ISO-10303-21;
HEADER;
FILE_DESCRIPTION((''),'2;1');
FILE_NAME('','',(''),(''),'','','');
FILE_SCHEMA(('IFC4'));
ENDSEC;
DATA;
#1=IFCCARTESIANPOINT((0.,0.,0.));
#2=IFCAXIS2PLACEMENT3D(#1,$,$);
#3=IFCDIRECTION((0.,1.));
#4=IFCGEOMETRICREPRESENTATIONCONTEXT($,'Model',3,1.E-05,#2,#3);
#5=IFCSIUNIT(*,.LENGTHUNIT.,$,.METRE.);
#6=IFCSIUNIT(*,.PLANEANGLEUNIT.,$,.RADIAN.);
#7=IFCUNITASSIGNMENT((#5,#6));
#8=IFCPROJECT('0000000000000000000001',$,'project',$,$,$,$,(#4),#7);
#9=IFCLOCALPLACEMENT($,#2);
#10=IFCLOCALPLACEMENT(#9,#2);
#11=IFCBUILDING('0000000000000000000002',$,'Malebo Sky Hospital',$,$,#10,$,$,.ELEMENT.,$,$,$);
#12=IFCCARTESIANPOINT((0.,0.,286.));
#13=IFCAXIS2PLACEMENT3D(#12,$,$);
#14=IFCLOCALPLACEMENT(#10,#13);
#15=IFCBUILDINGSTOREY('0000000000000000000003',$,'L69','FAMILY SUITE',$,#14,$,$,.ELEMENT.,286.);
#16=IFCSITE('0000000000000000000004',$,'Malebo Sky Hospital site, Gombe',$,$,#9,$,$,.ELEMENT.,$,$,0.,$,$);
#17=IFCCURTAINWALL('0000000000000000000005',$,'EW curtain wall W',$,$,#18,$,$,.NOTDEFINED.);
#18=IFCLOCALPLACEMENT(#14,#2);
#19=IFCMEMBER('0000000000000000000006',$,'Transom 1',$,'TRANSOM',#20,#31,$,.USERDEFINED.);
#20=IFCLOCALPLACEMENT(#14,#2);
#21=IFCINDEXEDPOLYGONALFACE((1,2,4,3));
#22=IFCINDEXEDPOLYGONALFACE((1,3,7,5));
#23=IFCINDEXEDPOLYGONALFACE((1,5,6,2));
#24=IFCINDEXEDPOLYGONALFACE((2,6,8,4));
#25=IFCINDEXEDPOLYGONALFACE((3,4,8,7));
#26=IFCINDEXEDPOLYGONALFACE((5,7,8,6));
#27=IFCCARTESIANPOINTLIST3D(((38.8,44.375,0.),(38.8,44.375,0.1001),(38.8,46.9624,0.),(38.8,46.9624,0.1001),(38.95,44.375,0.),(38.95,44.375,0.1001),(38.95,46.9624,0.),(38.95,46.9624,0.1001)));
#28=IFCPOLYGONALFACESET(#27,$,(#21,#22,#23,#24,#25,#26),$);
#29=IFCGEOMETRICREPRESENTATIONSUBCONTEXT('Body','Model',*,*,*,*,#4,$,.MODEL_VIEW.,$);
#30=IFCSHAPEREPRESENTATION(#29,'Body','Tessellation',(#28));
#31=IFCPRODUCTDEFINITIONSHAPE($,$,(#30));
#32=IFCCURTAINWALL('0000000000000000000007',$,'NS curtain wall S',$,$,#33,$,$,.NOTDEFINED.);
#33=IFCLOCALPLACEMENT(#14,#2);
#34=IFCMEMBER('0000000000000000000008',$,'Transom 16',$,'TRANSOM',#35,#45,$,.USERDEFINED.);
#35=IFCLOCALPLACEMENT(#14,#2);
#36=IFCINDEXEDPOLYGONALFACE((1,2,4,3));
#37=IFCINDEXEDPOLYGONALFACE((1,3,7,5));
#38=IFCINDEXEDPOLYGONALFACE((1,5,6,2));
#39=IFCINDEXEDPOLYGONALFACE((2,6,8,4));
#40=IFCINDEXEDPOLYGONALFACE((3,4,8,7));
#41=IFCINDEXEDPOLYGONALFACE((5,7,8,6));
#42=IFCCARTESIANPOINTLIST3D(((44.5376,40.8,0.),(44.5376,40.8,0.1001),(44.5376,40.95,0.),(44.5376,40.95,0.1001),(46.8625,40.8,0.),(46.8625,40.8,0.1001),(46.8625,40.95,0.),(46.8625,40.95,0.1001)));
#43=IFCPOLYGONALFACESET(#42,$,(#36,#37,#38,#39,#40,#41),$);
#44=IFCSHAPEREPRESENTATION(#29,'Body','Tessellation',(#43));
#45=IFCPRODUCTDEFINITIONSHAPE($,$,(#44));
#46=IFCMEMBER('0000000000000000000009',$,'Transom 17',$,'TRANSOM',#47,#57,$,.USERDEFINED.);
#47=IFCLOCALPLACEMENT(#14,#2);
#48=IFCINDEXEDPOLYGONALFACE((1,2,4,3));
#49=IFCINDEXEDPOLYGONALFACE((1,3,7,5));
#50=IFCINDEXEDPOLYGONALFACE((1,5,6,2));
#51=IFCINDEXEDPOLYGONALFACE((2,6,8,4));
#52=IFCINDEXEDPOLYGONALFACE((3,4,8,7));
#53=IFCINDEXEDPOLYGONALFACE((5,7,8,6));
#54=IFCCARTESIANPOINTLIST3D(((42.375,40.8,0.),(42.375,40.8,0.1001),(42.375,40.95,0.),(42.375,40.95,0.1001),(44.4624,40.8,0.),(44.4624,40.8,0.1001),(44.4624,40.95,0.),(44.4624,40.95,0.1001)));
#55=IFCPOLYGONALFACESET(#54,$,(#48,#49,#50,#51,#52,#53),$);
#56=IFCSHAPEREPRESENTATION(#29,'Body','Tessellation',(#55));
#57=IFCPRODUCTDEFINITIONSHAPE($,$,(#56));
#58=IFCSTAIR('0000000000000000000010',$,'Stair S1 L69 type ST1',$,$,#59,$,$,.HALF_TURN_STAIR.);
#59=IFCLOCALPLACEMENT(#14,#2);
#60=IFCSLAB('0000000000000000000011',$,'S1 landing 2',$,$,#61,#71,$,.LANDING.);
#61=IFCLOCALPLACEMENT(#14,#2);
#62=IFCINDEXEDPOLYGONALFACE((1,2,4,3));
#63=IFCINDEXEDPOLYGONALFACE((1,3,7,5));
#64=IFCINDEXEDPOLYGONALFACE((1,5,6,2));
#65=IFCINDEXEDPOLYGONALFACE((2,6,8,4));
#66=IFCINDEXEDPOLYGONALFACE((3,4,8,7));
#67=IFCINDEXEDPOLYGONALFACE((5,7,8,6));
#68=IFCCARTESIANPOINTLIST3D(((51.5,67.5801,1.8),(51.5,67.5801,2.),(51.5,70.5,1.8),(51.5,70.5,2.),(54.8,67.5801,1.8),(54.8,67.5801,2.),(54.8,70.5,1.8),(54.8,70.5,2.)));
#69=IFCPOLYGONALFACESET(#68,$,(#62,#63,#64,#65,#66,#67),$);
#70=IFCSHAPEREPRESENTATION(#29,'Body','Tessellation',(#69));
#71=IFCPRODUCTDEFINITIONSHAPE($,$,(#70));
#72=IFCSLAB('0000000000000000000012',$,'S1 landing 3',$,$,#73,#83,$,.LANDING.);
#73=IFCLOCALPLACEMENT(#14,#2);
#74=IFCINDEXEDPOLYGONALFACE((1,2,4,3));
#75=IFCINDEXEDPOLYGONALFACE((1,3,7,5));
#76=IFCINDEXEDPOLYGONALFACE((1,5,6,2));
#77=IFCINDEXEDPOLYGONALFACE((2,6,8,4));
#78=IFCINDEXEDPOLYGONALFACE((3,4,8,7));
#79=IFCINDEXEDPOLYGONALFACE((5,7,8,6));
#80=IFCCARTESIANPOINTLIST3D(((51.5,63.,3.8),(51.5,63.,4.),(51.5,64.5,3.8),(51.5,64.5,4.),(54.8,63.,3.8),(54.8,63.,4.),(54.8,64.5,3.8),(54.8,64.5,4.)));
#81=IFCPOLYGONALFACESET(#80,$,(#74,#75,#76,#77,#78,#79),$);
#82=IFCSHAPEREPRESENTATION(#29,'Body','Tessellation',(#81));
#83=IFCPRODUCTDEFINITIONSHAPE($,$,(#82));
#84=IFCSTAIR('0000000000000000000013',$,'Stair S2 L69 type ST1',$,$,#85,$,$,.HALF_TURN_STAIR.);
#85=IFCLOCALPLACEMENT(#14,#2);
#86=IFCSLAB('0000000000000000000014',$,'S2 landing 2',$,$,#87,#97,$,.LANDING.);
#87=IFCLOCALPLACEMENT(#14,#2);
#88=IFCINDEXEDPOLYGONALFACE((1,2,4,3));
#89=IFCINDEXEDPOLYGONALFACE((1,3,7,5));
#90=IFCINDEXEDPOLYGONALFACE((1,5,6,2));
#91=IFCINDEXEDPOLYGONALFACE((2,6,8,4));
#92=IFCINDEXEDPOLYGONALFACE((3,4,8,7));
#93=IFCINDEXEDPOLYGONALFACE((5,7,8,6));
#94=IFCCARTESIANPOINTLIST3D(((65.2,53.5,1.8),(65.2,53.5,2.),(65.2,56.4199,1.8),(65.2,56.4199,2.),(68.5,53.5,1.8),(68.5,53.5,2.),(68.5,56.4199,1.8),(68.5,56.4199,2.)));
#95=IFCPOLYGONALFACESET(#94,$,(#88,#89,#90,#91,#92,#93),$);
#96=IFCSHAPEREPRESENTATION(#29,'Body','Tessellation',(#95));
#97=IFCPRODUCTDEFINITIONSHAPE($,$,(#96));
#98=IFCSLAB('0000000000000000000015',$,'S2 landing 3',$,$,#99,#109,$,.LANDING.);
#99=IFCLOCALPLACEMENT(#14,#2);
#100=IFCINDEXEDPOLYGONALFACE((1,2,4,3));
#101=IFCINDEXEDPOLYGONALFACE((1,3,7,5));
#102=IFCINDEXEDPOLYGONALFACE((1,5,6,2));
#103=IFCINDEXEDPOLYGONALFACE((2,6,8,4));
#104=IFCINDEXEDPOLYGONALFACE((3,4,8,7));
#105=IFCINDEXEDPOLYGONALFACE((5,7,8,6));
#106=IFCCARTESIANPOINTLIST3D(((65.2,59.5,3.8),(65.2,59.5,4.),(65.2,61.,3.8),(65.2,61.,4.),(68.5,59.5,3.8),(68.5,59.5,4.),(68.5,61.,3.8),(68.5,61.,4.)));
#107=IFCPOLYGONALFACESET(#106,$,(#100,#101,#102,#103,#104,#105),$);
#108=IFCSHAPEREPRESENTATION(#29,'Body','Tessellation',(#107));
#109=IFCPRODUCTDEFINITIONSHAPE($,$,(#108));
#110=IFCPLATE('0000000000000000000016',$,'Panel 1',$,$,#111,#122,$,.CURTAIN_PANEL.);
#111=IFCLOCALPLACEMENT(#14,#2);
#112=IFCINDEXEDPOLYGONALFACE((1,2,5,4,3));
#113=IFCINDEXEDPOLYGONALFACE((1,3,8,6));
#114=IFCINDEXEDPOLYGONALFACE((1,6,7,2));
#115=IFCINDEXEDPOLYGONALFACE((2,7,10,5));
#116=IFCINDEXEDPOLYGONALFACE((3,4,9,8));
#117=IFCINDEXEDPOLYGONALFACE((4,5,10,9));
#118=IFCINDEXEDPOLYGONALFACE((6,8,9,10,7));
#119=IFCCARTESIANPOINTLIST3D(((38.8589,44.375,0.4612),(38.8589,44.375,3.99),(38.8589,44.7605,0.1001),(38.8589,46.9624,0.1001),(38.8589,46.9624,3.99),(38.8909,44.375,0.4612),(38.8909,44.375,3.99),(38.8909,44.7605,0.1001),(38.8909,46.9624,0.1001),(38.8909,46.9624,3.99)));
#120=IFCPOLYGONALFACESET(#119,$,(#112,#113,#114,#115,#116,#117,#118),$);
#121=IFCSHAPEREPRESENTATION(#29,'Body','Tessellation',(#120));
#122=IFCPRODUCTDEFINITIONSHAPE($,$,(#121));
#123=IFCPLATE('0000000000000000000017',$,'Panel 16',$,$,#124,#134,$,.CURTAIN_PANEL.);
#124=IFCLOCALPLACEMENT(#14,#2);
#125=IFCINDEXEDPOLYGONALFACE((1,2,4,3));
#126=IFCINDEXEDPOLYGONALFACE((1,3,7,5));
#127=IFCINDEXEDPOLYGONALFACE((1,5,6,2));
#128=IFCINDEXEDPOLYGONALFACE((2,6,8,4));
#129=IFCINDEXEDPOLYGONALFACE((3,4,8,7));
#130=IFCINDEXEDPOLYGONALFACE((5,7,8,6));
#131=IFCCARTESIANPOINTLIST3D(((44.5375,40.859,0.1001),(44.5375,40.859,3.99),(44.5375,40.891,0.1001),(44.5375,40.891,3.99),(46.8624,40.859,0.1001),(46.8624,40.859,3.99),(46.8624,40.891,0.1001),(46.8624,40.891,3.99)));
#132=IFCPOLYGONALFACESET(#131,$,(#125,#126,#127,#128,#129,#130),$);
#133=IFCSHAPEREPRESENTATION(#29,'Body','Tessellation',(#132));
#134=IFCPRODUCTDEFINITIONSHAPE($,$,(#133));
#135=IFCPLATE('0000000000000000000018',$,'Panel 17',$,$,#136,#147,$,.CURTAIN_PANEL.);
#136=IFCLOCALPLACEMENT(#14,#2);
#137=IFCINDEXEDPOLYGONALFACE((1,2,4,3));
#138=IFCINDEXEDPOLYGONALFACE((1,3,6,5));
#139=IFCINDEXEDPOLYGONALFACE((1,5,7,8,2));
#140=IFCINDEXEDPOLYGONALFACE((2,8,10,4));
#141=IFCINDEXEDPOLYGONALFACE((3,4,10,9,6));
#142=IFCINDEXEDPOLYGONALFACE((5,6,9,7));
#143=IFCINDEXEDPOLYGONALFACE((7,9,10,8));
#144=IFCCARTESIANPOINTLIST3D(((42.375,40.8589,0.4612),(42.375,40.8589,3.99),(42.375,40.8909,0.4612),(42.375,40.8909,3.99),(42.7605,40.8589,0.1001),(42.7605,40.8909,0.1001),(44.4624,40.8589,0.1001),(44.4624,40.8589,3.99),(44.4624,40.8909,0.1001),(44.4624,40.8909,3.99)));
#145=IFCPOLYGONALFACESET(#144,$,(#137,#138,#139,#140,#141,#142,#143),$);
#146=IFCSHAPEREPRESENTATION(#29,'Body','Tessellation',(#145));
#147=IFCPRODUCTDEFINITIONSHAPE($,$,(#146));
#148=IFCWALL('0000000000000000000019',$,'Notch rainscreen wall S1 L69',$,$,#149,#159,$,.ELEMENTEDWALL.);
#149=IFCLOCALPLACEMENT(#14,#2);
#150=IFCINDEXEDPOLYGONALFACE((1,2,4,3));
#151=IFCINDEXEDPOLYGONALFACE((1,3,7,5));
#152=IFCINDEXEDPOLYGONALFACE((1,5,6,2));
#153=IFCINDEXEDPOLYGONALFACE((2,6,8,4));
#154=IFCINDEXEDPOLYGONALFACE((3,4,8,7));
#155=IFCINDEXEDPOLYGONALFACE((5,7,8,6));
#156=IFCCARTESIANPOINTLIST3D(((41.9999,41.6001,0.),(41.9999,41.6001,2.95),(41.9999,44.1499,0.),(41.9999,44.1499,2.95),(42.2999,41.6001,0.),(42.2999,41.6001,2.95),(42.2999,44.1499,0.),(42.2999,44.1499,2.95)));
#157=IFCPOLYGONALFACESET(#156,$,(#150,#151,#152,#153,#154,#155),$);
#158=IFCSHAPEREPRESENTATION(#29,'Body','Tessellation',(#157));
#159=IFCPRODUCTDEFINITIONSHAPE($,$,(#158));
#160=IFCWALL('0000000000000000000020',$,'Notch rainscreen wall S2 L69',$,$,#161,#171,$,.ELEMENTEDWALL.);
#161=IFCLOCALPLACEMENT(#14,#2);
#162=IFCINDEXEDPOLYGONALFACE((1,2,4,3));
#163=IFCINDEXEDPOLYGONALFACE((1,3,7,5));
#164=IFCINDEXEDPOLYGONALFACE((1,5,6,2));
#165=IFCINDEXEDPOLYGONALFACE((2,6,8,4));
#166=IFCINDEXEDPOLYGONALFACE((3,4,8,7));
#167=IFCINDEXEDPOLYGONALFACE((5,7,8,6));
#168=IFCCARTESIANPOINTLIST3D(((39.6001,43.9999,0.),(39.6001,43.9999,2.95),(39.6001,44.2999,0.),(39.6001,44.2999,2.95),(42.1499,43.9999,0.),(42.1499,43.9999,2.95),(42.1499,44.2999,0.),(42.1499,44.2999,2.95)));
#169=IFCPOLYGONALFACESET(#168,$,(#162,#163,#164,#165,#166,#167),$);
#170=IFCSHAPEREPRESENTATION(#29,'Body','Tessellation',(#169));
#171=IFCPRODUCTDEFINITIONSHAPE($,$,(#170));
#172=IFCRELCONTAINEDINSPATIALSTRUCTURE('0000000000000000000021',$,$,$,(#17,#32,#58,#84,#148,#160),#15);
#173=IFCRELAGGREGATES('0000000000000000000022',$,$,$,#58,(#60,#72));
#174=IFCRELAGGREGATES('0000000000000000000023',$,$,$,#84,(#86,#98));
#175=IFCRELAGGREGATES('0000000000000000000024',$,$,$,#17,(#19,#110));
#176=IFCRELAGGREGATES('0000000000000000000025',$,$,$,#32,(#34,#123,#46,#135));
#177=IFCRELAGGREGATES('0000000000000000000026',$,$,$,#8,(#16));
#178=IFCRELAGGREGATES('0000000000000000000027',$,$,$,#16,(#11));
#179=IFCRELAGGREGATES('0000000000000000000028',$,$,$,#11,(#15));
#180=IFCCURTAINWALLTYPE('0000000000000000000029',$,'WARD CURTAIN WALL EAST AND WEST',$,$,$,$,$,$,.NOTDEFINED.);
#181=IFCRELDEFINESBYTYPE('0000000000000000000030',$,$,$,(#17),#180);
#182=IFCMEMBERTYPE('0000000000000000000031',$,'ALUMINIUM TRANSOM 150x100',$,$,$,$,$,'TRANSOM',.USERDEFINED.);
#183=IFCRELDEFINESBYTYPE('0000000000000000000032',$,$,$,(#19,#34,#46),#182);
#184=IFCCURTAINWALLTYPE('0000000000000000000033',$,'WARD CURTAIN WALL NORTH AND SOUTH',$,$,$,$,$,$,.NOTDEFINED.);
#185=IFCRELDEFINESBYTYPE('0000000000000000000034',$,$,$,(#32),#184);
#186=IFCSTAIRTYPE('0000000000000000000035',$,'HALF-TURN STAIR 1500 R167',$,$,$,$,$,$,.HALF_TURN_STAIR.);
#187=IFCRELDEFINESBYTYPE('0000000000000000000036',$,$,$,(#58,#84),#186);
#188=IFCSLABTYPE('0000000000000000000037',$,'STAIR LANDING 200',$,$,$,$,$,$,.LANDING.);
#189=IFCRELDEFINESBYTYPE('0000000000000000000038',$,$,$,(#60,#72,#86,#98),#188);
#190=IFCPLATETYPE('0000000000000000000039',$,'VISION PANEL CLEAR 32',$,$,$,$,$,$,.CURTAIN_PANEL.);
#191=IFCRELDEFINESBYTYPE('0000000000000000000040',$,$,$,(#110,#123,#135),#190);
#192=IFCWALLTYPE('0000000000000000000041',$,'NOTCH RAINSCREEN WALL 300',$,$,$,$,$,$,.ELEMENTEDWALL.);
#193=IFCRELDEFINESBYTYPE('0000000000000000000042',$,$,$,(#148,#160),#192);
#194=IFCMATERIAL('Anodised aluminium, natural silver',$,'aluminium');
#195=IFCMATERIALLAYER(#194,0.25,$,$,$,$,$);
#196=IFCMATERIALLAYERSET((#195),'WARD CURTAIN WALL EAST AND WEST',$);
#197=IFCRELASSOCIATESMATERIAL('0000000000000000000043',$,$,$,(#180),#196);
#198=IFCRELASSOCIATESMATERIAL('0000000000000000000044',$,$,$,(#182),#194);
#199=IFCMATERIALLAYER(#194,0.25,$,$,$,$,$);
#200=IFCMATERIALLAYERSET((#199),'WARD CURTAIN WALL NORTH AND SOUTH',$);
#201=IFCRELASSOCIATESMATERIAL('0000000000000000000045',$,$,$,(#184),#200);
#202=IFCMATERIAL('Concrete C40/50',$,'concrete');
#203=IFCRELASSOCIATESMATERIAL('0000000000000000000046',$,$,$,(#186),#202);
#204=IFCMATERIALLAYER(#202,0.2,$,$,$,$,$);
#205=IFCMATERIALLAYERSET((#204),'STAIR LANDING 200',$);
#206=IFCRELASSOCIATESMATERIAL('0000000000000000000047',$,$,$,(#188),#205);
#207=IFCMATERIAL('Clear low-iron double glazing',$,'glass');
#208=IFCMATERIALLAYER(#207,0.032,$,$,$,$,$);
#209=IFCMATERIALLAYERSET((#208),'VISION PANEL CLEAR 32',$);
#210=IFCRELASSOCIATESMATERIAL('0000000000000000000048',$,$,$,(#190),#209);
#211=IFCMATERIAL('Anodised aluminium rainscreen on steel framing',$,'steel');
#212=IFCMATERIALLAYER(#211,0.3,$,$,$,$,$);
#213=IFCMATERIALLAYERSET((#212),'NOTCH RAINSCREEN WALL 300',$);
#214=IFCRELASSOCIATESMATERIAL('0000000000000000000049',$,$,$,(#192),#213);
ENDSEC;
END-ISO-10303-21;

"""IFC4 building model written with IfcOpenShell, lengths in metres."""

from ifc_helpers import new_model, si_unit, direction, frame, frame_2d, origin, origin_2d, place, context, subcontext, project, spatial, polyline, rectangle, outline, extrude, material, layer, layer_set, material_profile, profile_set, type_object, element, aggregate, save


model = new_model("IFC4")

# Units and contexts
model_context = context("Model", 3, precision=1e-05, world=origin(), true_north=direction((0.0, 1.0)))
body_context = subcontext(model_context, "Body", "Model", "MODEL_VIEW")
ifc_project = project(units=[si_unit("LENGTHUNIT", "METRE"), si_unit("PLANEANGLEUNIT", "RADIAN")], contexts=[model_context])

# Site, building, storey
site_placement = place(None, origin())
site = spatial("IfcSite", under=ifc_project, at=site_placement, Name="Malebo Sky Hospital site, Gombe", CompositionType="ELEMENT", RefElevation=0.0)
building_placement = place(site_placement, origin())
building = spatial("IfcBuilding", under=site, at=building_placement, Name="Malebo Sky Hospital", CompositionType="ELEMENT")
storey_placement = place(building_placement, frame((0.0, 0.0, 286.0)))
storey = spatial("IfcBuildingStorey", under=building, at=storey_placement, Name="L69", Description="FAMILY SUITE", CompositionType="ELEMENT", Elevation=286.0)

# Curtain wall, member
ifc_material_1 = material(Name="Anodised aluminium, natural silver", Category="aluminium")
ifc_layer_1 = layer(ifc_material_1, 0.25)
ifc_layer_set_1 = layer_set([ifc_layer_1], Name="WARD CURTAIN WALL EAST AND WEST")
curtain_wall_type_1 = type_object("IfcCurtainWallType", Name="WARD CURTAIN WALL EAST AND WEST", PredefinedType="NOTDEFINED", material=ifc_layer_set_1)
curtain_wall_1_placement = place(storey_placement, origin())
curtain_wall_1 = element("IfcCurtainWall", 1, at=curtain_wall_1_placement, inside=storey, type_object=curtain_wall_type_1, Name="EW curtain wall W", PredefinedType="NOTDEFINED")
ifc_material_profile = material_profile(ifc_material_1, rectangle(XDim=0.1499, YDim=0.1001, at=origin_2d()), Name="ALUMINIUM TRANSOM 150x100")
ifc_profile_set = profile_set([ifc_material_profile], Name="Anodised aluminium, natural silver")
member_type = type_object("IfcMemberType", Name="ALUMINIUM TRANSOM 150x100", ElementType="TRANSOM", PredefinedType="USERDEFINED", material=ifc_profile_set)
member_1_placement = place(storey_placement, frame((38.875, 44.375, 0.05), z_axis=(0.0, 1.0, 0.0), x_axis=(-1.0, 0.0, 0.0)))
member_1 = element("IfcMember", 2, at=member_1_placement, type_object=member_type, Name="Transom 1", ObjectType="TRANSOM", PredefinedType="USERDEFINED", context=body_context, shape_type="SweptSolid", body=[
    extrude(rectangle(XDim=0.1499, YDim=0.1001, at=origin_2d()), origin(), (0.0, 0.0, 1.0), 2.5874),
])

# Curtain wall, members
ifc_layer_2 = layer(ifc_material_1, 0.25)
ifc_layer_set_2 = layer_set([ifc_layer_2], Name="WARD CURTAIN WALL NORTH AND SOUTH")
curtain_wall_type_2 = type_object("IfcCurtainWallType", Name="WARD CURTAIN WALL NORTH AND SOUTH", PredefinedType="NOTDEFINED", material=ifc_layer_set_2)
curtain_wall_2_placement = place(storey_placement, origin())
curtain_wall_2 = element("IfcCurtainWall", 3, at=curtain_wall_2_placement, inside=storey, type_object=curtain_wall_type_2, Name="NS curtain wall S", PredefinedType="NOTDEFINED")
member_2_placement = place(storey_placement, frame((46.8625, 40.875, 0.05), z_axis=(-1.0, 0.0, 0.0), x_axis=(0.0, -1.0, 0.0)))
member_2 = element("IfcMember", 4, at=member_2_placement, type_object=member_type, Name="Transom 16", ObjectType="TRANSOM", PredefinedType="USERDEFINED", context=body_context, shape_type="SweptSolid", body=[
    extrude(rectangle(XDim=0.1499, YDim=0.1001, at=origin_2d()), origin(), (0.0, 0.0, 1.0), 2.325),
])
member_3_placement = place(storey_placement, frame((44.4624, 40.875, 0.05), z_axis=(-1.0, 0.0, 0.0), x_axis=(0.0, -1.0, 0.0)))
member_3 = element("IfcMember", 5, at=member_3_placement, type_object=member_type, Name="Transom 17", ObjectType="TRANSOM", PredefinedType="USERDEFINED", context=body_context, shape_type="SweptSolid", body=[
    extrude(rectangle(XDim=0.1499, YDim=0.1001, at=origin_2d()), origin(), (0.0, 0.0, 1.0), 2.0874),
])

# Stairs, slabs
ifc_material_2 = material(Name="Concrete C40/50", Category="concrete")
stair_type = type_object("IfcStairType", Name="HALF-TURN STAIR 1500 R167", PredefinedType="HALF_TURN_STAIR", material=ifc_material_2)
stair_1_placement = place(storey_placement, origin())
stair_1 = element("IfcStair", 6, at=stair_1_placement, inside=storey, type_object=stair_type, Name="Stair S1 L69 type ST1", PredefinedType="HALF_TURN_STAIR")
ifc_layer_3 = layer(ifc_material_2, 0.2)
ifc_layer_set_3 = layer_set([ifc_layer_3], Name="STAIR LANDING 200")
slab_type = type_object("IfcSlabType", Name="STAIR LANDING 200", PredefinedType="LANDING", material=ifc_layer_set_3)
slab_1_placement = place(storey_placement, frame((0.0, 0.0, 1.8)))
slab_1 = element("IfcSlab", 7, at=slab_1_placement, type_object=slab_type, Name="S1 landing 2", PredefinedType="LANDING", context=body_context, shape_type="SweptSolid", body=[
    extrude(outline(polyline([(51.5, 67.5801), (54.8, 67.5801), (54.8, 70.5), (51.5, 70.5), (51.5, 67.5801)])), origin(), (0.0, 0.0, 1.0), 0.2),
])
slab_2_placement = place(storey_placement, frame((0.0, 0.0, 3.8)))
slab_2 = element("IfcSlab", 8, at=slab_2_placement, type_object=slab_type, Name="S1 landing 3", PredefinedType="LANDING", context=body_context, shape_type="SweptSolid", body=[
    extrude(outline(polyline([(51.5, 63.0), (54.8, 63.0), (54.8, 64.5), (51.5, 64.5), (51.5, 63.0)])), origin(), (0.0, 0.0, 1.0), 0.2),
])
aggregate(stair_1, [slab_1, slab_2])
stair_2_placement = place(storey_placement, origin())
stair_2 = element("IfcStair", 9, at=stair_2_placement, inside=storey, type_object=stair_type, Name="Stair S2 L69 type ST1", PredefinedType="HALF_TURN_STAIR")
slab_3_placement = place(storey_placement, frame((0.0, 0.0, 1.8)))
slab_3 = element("IfcSlab", 10, at=slab_3_placement, type_object=slab_type, Name="S2 landing 2", PredefinedType="LANDING", context=body_context, shape_type="SweptSolid", body=[
    extrude(outline(polyline([(65.2, 53.5), (68.5, 53.5), (68.5, 56.4199), (65.2, 56.4199), (65.2, 53.5)])), origin(), (0.0, 0.0, 1.0), 0.2),
])
slab_4_placement = place(storey_placement, frame((0.0, 0.0, 3.8)))
slab_4 = element("IfcSlab", 11, at=slab_4_placement, type_object=slab_type, Name="S2 landing 3", PredefinedType="LANDING", context=body_context, shape_type="SweptSolid", body=[
    extrude(outline(polyline([(65.2, 59.5), (68.5, 59.5), (68.5, 61.0), (65.2, 61.0), (65.2, 59.5)])), origin(), (0.0, 0.0, 1.0), 0.2),
])
aggregate(stair_2, [slab_3, slab_4])

# Plates
ifc_material_3 = material(Name="Clear low-iron double glazing", Category="glass")
ifc_layer_4 = layer(ifc_material_3, 0.032)
ifc_layer_set_4 = layer_set([ifc_layer_4], Name="VISION PANEL CLEAR 32")
plate_type = type_object("IfcPlateType", Name="VISION PANEL CLEAR 32", PredefinedType="CURTAIN_PANEL", material=ifc_layer_set_4)
plate_1_placement = place(storey_placement, frame((38.875, 45.6687, 0.1001), z_axis=(0.0, 0.0, 1.0), x_axis=(0.0, 1.0, 0.0)))
plate_1 = element("IfcPlate", 12, at=plate_1_placement, type_object=plate_type, Name="Panel 1", PredefinedType="CURTAIN_PANEL", context=body_context, shape_type="SweptSolid", body=[
    extrude(outline(polyline([(-0.9082, 0.0), (1.2937, 0.0), (1.2937, 3.8899), (-1.2937, 3.8899), (-1.2937, 0.3611), (-0.9082, 0.0)])), frame((0.0, 0.0161, 0.0), z_axis=(0.0, -1.0, 0.0), x_axis=(1.0, 0.0, 0.0)), (0.0, 0.0, 1.0), 0.032),
])
aggregate(curtain_wall_1, [member_1, plate_1])
plate_2_placement = place(storey_placement, frame((45.7, 40.875, 0.1001), z_axis=(0.0, 0.0, 1.0), x_axis=(-1.0, 0.0, 0.0)))
plate_2 = element("IfcPlate", 13, at=plate_2_placement, type_object=plate_type, Name="Panel 16", PredefinedType="CURTAIN_PANEL", context=body_context, shape_type="SweptSolid", body=[
    extrude(rectangle(XDim=2.325, YDim=0.032, at=origin_2d()), origin(), (0.0, 0.0, 1.0), 3.8899),
])
plate_3_placement = place(storey_placement, frame((43.4187, 40.875, 0.1001), z_axis=(0.0, 0.0, 1.0), x_axis=(-1.0, 0.0, 0.0)))
plate_3 = element("IfcPlate", 14, at=plate_3_placement, type_object=plate_type, Name="Panel 17", PredefinedType="CURTAIN_PANEL", context=body_context, shape_type="SweptSolid", body=[
    extrude(outline(polyline([(-1.0437, 0.0), (0.6582, 0.0), (1.0437, 0.3611), (1.0437, 3.8899), (-1.0437, 3.8899), (-1.0437, 0.0)])), frame((0.0, 0.0161, 0.0), z_axis=(0.0, -1.0, 0.0), x_axis=(1.0, 0.0, 0.0)), (0.0, 0.0, 1.0), 0.032),
])
aggregate(curtain_wall_2, [member_2, plate_2, member_3, plate_3])

# Walls
ifc_material_4 = material(Name="Anodised aluminium rainscreen on steel framing", Category="steel")
ifc_layer_5 = layer(ifc_material_4, 0.3)
ifc_layer_set_5 = layer_set([ifc_layer_5], Name="NOTCH RAINSCREEN WALL 300")
wall_type_1 = type_object("IfcWallType", Name="NOTCH RAINSCREEN WALL 300", PredefinedType="ELEMENTEDWALL", material=ifc_layer_set_5)
for number, where, z_axis, x_axis, name in (
    (15, (42.1499, 41.6001, 0.0), (0.0, 0.0, 1.0), (0.0, 1.0, 0.0), "Notch rainscreen wall S1 L69"),
    (16, (42.1499, 44.1499, 0.0), (0.0, 0.0, 1.0), (-1.0, 0.0, 0.0), "Notch rainscreen wall S2 L69"),
):
    element("IfcWall", number, at=place(storey_placement, frame(where, z_axis=z_axis, x_axis=x_axis)), inside=storey, type_object=wall_type_1, Name=name, PredefinedType="ELEMENTEDWALL", context=body_context, shape_type="SweptSolid", body=[
        extrude(rectangle(XDim=2.5498, YDim=0.3, at=frame_2d((1.2749, 0.0))), origin(), (0.0, 0.0, 1.0), 2.95),
    ])

save(model, "model.ifc")
